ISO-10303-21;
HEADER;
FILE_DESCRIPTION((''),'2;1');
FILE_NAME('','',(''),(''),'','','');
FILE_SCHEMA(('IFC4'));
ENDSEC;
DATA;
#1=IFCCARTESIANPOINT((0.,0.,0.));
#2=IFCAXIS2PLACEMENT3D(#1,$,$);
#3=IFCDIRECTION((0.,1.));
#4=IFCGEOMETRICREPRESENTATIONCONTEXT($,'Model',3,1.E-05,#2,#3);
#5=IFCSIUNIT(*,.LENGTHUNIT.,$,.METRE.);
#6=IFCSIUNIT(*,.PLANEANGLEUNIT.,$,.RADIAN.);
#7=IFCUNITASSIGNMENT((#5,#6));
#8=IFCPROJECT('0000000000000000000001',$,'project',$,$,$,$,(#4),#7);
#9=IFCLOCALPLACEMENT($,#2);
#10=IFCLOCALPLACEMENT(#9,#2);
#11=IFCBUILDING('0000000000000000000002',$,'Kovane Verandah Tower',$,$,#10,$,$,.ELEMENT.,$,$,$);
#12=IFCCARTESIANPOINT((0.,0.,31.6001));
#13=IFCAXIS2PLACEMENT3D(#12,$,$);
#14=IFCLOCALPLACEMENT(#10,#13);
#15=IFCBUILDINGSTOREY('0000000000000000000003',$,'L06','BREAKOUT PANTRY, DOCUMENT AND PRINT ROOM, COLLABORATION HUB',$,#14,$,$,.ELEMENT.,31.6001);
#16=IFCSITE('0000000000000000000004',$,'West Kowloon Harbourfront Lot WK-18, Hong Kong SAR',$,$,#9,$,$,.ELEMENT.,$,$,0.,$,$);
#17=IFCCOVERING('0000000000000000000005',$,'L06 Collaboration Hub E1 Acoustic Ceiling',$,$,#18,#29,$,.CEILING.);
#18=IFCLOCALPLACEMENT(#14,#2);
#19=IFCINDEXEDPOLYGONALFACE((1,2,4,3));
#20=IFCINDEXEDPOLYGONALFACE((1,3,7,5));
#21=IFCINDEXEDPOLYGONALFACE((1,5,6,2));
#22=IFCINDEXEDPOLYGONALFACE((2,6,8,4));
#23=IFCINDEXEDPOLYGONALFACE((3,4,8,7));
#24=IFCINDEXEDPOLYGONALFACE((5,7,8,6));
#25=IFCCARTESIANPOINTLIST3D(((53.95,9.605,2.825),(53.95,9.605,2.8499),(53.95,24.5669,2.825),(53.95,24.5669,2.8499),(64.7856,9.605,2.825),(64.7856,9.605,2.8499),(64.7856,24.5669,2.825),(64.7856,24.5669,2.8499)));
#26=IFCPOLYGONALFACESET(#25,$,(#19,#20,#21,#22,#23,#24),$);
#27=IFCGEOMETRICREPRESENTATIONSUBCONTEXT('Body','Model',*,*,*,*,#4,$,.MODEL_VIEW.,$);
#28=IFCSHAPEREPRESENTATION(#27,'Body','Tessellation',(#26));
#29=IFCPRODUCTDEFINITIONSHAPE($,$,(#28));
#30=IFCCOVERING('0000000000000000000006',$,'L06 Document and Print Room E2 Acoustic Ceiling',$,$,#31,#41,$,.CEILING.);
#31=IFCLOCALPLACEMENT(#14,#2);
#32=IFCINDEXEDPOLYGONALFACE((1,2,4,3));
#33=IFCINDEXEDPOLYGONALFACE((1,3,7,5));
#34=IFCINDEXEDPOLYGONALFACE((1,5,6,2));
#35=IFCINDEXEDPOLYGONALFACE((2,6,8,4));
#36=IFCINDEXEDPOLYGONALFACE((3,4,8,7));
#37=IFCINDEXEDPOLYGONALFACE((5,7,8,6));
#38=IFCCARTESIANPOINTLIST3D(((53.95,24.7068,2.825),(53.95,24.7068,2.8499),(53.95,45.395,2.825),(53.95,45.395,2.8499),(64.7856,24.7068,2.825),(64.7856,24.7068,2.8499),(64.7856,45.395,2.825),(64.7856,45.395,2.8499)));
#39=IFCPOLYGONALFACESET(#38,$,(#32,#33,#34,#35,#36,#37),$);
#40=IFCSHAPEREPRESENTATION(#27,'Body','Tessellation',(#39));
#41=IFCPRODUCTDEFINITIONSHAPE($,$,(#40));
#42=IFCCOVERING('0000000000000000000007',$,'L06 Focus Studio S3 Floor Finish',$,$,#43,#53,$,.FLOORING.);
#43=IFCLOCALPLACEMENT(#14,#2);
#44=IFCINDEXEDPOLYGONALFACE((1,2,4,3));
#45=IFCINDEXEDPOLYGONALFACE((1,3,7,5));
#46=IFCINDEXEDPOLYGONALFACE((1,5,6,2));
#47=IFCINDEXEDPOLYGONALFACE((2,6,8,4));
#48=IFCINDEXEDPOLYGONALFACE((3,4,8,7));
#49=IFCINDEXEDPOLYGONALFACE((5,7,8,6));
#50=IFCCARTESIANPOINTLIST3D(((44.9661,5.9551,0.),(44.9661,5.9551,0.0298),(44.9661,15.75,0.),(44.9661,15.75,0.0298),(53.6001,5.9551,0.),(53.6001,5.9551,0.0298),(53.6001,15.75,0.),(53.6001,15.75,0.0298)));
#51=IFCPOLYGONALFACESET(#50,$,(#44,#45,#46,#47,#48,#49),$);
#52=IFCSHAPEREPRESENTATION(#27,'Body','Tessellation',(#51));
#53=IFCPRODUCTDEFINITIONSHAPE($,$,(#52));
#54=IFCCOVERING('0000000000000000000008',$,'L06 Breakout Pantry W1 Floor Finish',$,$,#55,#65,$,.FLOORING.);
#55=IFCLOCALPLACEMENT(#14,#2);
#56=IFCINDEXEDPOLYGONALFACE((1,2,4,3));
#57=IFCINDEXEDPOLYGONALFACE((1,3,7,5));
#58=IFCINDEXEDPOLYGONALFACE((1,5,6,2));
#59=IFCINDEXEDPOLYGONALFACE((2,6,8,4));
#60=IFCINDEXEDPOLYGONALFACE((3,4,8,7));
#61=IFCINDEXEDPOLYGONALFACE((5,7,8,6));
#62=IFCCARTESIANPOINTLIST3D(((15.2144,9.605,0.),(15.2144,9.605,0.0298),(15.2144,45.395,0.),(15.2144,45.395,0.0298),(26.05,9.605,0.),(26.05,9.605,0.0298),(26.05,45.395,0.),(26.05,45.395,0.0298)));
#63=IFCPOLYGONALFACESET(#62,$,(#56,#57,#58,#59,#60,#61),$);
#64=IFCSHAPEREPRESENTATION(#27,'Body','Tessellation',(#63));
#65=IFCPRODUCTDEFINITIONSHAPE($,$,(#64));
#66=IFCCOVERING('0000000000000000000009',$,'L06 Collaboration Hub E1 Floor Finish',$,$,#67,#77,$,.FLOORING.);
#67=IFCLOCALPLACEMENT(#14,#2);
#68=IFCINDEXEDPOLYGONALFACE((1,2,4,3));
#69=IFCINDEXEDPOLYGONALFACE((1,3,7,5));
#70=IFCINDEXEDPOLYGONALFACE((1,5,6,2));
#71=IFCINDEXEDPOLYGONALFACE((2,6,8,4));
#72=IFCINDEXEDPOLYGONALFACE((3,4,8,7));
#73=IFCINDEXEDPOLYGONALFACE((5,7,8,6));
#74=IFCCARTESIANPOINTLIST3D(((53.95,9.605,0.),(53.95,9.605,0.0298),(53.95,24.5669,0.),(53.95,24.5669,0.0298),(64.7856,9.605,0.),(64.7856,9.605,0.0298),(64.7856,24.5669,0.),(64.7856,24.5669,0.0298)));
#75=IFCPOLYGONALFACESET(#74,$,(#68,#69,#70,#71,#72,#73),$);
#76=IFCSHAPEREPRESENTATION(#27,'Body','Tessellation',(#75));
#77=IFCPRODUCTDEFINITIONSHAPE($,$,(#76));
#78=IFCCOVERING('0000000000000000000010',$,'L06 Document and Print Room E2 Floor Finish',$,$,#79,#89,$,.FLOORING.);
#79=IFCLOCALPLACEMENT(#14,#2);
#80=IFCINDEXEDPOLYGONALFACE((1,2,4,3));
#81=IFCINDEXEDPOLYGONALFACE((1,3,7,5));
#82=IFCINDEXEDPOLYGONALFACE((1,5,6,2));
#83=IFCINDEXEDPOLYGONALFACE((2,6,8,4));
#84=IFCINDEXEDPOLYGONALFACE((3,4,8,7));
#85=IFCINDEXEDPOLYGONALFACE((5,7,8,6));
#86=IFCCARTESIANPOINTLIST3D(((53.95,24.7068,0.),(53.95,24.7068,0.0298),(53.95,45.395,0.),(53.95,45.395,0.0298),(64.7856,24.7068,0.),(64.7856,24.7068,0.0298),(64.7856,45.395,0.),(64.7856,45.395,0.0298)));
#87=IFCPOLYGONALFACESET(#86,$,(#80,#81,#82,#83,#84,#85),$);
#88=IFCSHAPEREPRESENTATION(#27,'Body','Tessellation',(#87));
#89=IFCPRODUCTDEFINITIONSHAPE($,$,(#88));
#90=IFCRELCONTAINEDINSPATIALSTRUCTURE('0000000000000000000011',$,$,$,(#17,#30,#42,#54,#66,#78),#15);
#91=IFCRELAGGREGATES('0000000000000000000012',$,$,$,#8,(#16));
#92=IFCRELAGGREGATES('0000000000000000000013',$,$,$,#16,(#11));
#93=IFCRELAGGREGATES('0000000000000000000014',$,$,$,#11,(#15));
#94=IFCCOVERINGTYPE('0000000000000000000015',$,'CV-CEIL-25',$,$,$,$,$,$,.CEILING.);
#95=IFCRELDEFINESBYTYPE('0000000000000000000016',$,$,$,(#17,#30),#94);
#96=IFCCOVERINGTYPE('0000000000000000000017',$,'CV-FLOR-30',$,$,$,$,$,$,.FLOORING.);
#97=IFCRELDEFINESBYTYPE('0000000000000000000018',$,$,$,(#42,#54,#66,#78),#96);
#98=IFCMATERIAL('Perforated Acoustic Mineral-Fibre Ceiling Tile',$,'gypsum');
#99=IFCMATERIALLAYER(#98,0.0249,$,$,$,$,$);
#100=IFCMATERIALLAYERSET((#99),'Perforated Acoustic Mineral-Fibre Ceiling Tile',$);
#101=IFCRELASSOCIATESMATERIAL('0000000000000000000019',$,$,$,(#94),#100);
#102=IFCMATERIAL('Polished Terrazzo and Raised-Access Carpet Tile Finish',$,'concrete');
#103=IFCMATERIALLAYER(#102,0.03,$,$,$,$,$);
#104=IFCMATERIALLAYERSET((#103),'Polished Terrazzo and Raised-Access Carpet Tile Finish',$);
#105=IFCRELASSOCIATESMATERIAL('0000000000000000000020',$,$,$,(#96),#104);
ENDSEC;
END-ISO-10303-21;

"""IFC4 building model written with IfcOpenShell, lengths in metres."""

from ifc_helpers import new_model, si_unit, direction, frame, origin, place, context, subcontext, project, spatial, polyline, outline, extrude, material, layer, layer_set, type_object, element, save


model = new_model("IFC4")

# Units and contexts
model_context = context("Model", 3, precision=1e-05, world=origin(), true_north=direction((0.0, 1.0)))
body_context = subcontext(model_context, "Body", "Model", "MODEL_VIEW")
ifc_project = project(units=[si_unit("LENGTHUNIT", "METRE"), si_unit("PLANEANGLEUNIT", "RADIAN")], contexts=[model_context])

# Site, building, storey
site_placement = place(None, origin())
site = spatial("IfcSite", under=ifc_project, at=site_placement, Name="West Kowloon Harbourfront Lot WK-18, Hong Kong SAR", CompositionType="ELEMENT", RefElevation=0.0)
building_placement = place(site_placement, origin())
building = spatial("IfcBuilding", under=site, at=building_placement, Name="Kovane Verandah Tower", CompositionType="ELEMENT")
storey_placement = place(building_placement, frame((0.0, 0.0, 31.6001)))
storey = spatial("IfcBuildingStorey", under=building, at=storey_placement, Name="L06", Description="BREAKOUT PANTRY, DOCUMENT AND PRINT ROOM, COLLABORATION HUB", CompositionType="ELEMENT", Elevation=31.6001)

# Coverings
ifc_material_1 = material(Name="Perforated Acoustic Mineral-Fibre Ceiling Tile", Category="gypsum")
ifc_layer_1 = layer(ifc_material_1, 0.0249)
ifc_layer_set_1 = layer_set([ifc_layer_1], Name="Perforated Acoustic Mineral-Fibre Ceiling Tile")
covering_type_1 = type_object("IfcCoveringType", Name="CV-CEIL-25", PredefinedType="CEILING", material=ifc_layer_set_1)
covering_1_placement = place(storey_placement, frame((0.0, 0.0, 2.825)))
element("IfcCovering", 1, at=covering_1_placement, inside=storey, type_object=covering_type_1, Name="L06 Collaboration Hub E1 Acoustic Ceiling", PredefinedType="CEILING", context=body_context, shape_type="SweptSolid", body=[
    extrude(outline(polyline([(53.95, 9.605), (64.7856, 9.605), (64.7856, 24.5669), (53.95, 24.5669), (53.95, 9.605)])), origin(), (0.0, 0.0, 1.0), 0.0249),
])
covering_2_placement = place(storey_placement, frame((0.0, 0.0, 2.825)))
element("IfcCovering", 2, at=covering_2_placement, inside=storey, type_object=covering_type_1, Name="L06 Document and Print Room E2 Acoustic Ceiling", PredefinedType="CEILING", context=body_context, shape_type="SweptSolid", body=[
    extrude(outline(polyline([(53.95, 24.7068), (64.7856, 24.7068), (64.7856, 45.395), (53.95, 45.395), (53.95, 24.7068)])), origin(), (0.0, 0.0, 1.0), 0.0249),
])
ifc_material_2 = material(Name="Polished Terrazzo and Raised-Access Carpet Tile Finish", Category="concrete")
ifc_layer_2 = layer(ifc_material_2, 0.03)
ifc_layer_set_2 = layer_set([ifc_layer_2], Name="Polished Terrazzo and Raised-Access Carpet Tile Finish")
covering_type_2 = type_object("IfcCoveringType", Name="CV-FLOR-30", PredefinedType="FLOORING", material=ifc_layer_set_2)
covering_3_placement = place(storey_placement, origin())
element("IfcCovering", 3, at=covering_3_placement, inside=storey, type_object=covering_type_2, Name="L06 Focus Studio S3 Floor Finish", PredefinedType="FLOORING", context=body_context, shape_type="SweptSolid", body=[
    extrude(outline(polyline([(44.9661, 5.9551), (53.6001, 5.9551), (53.6001, 15.75), (44.9661, 15.75), (44.9661, 5.9551)])), origin(), (0.0, 0.0, 1.0), 0.0298),
])
covering_4_placement = place(storey_placement, origin())
element("IfcCovering", 4, at=covering_4_placement, inside=storey, type_object=covering_type_2, Name="L06 Breakout Pantry W1 Floor Finish", PredefinedType="FLOORING", context=body_context, shape_type="SweptSolid", body=[
    extrude(outline(polyline([(15.2144, 9.605), (26.05, 9.605), (26.05, 45.395), (15.2144, 45.395), (15.2144, 9.605)])), origin(), (0.0, 0.0, 1.0), 0.0298),
])
covering_5_placement = place(storey_placement, origin())
element("IfcCovering", 5, at=covering_5_placement, inside=storey, type_object=covering_type_2, Name="L06 Collaboration Hub E1 Floor Finish", PredefinedType="FLOORING", context=body_context, shape_type="SweptSolid", body=[
    extrude(outline(polyline([(53.95, 9.605), (64.7856, 9.605), (64.7856, 24.5669), (53.95, 24.5669), (53.95, 9.605)])), origin(), (0.0, 0.0, 1.0), 0.0298),
])
covering_6_placement = place(storey_placement, origin())
element("IfcCovering", 6, at=covering_6_placement, inside=storey, type_object=covering_type_2, Name="L06 Document and Print Room E2 Floor Finish", PredefinedType="FLOORING", context=body_context, shape_type="SweptSolid", body=[
    extrude(outline(polyline([(53.95, 24.7068), (64.7856, 24.7068), (64.7856, 45.395), (53.95, 45.395), (53.95, 24.7068)])), origin(), (0.0, 0.0, 1.0), 0.0298),
])

save(model, "model.ifc")
